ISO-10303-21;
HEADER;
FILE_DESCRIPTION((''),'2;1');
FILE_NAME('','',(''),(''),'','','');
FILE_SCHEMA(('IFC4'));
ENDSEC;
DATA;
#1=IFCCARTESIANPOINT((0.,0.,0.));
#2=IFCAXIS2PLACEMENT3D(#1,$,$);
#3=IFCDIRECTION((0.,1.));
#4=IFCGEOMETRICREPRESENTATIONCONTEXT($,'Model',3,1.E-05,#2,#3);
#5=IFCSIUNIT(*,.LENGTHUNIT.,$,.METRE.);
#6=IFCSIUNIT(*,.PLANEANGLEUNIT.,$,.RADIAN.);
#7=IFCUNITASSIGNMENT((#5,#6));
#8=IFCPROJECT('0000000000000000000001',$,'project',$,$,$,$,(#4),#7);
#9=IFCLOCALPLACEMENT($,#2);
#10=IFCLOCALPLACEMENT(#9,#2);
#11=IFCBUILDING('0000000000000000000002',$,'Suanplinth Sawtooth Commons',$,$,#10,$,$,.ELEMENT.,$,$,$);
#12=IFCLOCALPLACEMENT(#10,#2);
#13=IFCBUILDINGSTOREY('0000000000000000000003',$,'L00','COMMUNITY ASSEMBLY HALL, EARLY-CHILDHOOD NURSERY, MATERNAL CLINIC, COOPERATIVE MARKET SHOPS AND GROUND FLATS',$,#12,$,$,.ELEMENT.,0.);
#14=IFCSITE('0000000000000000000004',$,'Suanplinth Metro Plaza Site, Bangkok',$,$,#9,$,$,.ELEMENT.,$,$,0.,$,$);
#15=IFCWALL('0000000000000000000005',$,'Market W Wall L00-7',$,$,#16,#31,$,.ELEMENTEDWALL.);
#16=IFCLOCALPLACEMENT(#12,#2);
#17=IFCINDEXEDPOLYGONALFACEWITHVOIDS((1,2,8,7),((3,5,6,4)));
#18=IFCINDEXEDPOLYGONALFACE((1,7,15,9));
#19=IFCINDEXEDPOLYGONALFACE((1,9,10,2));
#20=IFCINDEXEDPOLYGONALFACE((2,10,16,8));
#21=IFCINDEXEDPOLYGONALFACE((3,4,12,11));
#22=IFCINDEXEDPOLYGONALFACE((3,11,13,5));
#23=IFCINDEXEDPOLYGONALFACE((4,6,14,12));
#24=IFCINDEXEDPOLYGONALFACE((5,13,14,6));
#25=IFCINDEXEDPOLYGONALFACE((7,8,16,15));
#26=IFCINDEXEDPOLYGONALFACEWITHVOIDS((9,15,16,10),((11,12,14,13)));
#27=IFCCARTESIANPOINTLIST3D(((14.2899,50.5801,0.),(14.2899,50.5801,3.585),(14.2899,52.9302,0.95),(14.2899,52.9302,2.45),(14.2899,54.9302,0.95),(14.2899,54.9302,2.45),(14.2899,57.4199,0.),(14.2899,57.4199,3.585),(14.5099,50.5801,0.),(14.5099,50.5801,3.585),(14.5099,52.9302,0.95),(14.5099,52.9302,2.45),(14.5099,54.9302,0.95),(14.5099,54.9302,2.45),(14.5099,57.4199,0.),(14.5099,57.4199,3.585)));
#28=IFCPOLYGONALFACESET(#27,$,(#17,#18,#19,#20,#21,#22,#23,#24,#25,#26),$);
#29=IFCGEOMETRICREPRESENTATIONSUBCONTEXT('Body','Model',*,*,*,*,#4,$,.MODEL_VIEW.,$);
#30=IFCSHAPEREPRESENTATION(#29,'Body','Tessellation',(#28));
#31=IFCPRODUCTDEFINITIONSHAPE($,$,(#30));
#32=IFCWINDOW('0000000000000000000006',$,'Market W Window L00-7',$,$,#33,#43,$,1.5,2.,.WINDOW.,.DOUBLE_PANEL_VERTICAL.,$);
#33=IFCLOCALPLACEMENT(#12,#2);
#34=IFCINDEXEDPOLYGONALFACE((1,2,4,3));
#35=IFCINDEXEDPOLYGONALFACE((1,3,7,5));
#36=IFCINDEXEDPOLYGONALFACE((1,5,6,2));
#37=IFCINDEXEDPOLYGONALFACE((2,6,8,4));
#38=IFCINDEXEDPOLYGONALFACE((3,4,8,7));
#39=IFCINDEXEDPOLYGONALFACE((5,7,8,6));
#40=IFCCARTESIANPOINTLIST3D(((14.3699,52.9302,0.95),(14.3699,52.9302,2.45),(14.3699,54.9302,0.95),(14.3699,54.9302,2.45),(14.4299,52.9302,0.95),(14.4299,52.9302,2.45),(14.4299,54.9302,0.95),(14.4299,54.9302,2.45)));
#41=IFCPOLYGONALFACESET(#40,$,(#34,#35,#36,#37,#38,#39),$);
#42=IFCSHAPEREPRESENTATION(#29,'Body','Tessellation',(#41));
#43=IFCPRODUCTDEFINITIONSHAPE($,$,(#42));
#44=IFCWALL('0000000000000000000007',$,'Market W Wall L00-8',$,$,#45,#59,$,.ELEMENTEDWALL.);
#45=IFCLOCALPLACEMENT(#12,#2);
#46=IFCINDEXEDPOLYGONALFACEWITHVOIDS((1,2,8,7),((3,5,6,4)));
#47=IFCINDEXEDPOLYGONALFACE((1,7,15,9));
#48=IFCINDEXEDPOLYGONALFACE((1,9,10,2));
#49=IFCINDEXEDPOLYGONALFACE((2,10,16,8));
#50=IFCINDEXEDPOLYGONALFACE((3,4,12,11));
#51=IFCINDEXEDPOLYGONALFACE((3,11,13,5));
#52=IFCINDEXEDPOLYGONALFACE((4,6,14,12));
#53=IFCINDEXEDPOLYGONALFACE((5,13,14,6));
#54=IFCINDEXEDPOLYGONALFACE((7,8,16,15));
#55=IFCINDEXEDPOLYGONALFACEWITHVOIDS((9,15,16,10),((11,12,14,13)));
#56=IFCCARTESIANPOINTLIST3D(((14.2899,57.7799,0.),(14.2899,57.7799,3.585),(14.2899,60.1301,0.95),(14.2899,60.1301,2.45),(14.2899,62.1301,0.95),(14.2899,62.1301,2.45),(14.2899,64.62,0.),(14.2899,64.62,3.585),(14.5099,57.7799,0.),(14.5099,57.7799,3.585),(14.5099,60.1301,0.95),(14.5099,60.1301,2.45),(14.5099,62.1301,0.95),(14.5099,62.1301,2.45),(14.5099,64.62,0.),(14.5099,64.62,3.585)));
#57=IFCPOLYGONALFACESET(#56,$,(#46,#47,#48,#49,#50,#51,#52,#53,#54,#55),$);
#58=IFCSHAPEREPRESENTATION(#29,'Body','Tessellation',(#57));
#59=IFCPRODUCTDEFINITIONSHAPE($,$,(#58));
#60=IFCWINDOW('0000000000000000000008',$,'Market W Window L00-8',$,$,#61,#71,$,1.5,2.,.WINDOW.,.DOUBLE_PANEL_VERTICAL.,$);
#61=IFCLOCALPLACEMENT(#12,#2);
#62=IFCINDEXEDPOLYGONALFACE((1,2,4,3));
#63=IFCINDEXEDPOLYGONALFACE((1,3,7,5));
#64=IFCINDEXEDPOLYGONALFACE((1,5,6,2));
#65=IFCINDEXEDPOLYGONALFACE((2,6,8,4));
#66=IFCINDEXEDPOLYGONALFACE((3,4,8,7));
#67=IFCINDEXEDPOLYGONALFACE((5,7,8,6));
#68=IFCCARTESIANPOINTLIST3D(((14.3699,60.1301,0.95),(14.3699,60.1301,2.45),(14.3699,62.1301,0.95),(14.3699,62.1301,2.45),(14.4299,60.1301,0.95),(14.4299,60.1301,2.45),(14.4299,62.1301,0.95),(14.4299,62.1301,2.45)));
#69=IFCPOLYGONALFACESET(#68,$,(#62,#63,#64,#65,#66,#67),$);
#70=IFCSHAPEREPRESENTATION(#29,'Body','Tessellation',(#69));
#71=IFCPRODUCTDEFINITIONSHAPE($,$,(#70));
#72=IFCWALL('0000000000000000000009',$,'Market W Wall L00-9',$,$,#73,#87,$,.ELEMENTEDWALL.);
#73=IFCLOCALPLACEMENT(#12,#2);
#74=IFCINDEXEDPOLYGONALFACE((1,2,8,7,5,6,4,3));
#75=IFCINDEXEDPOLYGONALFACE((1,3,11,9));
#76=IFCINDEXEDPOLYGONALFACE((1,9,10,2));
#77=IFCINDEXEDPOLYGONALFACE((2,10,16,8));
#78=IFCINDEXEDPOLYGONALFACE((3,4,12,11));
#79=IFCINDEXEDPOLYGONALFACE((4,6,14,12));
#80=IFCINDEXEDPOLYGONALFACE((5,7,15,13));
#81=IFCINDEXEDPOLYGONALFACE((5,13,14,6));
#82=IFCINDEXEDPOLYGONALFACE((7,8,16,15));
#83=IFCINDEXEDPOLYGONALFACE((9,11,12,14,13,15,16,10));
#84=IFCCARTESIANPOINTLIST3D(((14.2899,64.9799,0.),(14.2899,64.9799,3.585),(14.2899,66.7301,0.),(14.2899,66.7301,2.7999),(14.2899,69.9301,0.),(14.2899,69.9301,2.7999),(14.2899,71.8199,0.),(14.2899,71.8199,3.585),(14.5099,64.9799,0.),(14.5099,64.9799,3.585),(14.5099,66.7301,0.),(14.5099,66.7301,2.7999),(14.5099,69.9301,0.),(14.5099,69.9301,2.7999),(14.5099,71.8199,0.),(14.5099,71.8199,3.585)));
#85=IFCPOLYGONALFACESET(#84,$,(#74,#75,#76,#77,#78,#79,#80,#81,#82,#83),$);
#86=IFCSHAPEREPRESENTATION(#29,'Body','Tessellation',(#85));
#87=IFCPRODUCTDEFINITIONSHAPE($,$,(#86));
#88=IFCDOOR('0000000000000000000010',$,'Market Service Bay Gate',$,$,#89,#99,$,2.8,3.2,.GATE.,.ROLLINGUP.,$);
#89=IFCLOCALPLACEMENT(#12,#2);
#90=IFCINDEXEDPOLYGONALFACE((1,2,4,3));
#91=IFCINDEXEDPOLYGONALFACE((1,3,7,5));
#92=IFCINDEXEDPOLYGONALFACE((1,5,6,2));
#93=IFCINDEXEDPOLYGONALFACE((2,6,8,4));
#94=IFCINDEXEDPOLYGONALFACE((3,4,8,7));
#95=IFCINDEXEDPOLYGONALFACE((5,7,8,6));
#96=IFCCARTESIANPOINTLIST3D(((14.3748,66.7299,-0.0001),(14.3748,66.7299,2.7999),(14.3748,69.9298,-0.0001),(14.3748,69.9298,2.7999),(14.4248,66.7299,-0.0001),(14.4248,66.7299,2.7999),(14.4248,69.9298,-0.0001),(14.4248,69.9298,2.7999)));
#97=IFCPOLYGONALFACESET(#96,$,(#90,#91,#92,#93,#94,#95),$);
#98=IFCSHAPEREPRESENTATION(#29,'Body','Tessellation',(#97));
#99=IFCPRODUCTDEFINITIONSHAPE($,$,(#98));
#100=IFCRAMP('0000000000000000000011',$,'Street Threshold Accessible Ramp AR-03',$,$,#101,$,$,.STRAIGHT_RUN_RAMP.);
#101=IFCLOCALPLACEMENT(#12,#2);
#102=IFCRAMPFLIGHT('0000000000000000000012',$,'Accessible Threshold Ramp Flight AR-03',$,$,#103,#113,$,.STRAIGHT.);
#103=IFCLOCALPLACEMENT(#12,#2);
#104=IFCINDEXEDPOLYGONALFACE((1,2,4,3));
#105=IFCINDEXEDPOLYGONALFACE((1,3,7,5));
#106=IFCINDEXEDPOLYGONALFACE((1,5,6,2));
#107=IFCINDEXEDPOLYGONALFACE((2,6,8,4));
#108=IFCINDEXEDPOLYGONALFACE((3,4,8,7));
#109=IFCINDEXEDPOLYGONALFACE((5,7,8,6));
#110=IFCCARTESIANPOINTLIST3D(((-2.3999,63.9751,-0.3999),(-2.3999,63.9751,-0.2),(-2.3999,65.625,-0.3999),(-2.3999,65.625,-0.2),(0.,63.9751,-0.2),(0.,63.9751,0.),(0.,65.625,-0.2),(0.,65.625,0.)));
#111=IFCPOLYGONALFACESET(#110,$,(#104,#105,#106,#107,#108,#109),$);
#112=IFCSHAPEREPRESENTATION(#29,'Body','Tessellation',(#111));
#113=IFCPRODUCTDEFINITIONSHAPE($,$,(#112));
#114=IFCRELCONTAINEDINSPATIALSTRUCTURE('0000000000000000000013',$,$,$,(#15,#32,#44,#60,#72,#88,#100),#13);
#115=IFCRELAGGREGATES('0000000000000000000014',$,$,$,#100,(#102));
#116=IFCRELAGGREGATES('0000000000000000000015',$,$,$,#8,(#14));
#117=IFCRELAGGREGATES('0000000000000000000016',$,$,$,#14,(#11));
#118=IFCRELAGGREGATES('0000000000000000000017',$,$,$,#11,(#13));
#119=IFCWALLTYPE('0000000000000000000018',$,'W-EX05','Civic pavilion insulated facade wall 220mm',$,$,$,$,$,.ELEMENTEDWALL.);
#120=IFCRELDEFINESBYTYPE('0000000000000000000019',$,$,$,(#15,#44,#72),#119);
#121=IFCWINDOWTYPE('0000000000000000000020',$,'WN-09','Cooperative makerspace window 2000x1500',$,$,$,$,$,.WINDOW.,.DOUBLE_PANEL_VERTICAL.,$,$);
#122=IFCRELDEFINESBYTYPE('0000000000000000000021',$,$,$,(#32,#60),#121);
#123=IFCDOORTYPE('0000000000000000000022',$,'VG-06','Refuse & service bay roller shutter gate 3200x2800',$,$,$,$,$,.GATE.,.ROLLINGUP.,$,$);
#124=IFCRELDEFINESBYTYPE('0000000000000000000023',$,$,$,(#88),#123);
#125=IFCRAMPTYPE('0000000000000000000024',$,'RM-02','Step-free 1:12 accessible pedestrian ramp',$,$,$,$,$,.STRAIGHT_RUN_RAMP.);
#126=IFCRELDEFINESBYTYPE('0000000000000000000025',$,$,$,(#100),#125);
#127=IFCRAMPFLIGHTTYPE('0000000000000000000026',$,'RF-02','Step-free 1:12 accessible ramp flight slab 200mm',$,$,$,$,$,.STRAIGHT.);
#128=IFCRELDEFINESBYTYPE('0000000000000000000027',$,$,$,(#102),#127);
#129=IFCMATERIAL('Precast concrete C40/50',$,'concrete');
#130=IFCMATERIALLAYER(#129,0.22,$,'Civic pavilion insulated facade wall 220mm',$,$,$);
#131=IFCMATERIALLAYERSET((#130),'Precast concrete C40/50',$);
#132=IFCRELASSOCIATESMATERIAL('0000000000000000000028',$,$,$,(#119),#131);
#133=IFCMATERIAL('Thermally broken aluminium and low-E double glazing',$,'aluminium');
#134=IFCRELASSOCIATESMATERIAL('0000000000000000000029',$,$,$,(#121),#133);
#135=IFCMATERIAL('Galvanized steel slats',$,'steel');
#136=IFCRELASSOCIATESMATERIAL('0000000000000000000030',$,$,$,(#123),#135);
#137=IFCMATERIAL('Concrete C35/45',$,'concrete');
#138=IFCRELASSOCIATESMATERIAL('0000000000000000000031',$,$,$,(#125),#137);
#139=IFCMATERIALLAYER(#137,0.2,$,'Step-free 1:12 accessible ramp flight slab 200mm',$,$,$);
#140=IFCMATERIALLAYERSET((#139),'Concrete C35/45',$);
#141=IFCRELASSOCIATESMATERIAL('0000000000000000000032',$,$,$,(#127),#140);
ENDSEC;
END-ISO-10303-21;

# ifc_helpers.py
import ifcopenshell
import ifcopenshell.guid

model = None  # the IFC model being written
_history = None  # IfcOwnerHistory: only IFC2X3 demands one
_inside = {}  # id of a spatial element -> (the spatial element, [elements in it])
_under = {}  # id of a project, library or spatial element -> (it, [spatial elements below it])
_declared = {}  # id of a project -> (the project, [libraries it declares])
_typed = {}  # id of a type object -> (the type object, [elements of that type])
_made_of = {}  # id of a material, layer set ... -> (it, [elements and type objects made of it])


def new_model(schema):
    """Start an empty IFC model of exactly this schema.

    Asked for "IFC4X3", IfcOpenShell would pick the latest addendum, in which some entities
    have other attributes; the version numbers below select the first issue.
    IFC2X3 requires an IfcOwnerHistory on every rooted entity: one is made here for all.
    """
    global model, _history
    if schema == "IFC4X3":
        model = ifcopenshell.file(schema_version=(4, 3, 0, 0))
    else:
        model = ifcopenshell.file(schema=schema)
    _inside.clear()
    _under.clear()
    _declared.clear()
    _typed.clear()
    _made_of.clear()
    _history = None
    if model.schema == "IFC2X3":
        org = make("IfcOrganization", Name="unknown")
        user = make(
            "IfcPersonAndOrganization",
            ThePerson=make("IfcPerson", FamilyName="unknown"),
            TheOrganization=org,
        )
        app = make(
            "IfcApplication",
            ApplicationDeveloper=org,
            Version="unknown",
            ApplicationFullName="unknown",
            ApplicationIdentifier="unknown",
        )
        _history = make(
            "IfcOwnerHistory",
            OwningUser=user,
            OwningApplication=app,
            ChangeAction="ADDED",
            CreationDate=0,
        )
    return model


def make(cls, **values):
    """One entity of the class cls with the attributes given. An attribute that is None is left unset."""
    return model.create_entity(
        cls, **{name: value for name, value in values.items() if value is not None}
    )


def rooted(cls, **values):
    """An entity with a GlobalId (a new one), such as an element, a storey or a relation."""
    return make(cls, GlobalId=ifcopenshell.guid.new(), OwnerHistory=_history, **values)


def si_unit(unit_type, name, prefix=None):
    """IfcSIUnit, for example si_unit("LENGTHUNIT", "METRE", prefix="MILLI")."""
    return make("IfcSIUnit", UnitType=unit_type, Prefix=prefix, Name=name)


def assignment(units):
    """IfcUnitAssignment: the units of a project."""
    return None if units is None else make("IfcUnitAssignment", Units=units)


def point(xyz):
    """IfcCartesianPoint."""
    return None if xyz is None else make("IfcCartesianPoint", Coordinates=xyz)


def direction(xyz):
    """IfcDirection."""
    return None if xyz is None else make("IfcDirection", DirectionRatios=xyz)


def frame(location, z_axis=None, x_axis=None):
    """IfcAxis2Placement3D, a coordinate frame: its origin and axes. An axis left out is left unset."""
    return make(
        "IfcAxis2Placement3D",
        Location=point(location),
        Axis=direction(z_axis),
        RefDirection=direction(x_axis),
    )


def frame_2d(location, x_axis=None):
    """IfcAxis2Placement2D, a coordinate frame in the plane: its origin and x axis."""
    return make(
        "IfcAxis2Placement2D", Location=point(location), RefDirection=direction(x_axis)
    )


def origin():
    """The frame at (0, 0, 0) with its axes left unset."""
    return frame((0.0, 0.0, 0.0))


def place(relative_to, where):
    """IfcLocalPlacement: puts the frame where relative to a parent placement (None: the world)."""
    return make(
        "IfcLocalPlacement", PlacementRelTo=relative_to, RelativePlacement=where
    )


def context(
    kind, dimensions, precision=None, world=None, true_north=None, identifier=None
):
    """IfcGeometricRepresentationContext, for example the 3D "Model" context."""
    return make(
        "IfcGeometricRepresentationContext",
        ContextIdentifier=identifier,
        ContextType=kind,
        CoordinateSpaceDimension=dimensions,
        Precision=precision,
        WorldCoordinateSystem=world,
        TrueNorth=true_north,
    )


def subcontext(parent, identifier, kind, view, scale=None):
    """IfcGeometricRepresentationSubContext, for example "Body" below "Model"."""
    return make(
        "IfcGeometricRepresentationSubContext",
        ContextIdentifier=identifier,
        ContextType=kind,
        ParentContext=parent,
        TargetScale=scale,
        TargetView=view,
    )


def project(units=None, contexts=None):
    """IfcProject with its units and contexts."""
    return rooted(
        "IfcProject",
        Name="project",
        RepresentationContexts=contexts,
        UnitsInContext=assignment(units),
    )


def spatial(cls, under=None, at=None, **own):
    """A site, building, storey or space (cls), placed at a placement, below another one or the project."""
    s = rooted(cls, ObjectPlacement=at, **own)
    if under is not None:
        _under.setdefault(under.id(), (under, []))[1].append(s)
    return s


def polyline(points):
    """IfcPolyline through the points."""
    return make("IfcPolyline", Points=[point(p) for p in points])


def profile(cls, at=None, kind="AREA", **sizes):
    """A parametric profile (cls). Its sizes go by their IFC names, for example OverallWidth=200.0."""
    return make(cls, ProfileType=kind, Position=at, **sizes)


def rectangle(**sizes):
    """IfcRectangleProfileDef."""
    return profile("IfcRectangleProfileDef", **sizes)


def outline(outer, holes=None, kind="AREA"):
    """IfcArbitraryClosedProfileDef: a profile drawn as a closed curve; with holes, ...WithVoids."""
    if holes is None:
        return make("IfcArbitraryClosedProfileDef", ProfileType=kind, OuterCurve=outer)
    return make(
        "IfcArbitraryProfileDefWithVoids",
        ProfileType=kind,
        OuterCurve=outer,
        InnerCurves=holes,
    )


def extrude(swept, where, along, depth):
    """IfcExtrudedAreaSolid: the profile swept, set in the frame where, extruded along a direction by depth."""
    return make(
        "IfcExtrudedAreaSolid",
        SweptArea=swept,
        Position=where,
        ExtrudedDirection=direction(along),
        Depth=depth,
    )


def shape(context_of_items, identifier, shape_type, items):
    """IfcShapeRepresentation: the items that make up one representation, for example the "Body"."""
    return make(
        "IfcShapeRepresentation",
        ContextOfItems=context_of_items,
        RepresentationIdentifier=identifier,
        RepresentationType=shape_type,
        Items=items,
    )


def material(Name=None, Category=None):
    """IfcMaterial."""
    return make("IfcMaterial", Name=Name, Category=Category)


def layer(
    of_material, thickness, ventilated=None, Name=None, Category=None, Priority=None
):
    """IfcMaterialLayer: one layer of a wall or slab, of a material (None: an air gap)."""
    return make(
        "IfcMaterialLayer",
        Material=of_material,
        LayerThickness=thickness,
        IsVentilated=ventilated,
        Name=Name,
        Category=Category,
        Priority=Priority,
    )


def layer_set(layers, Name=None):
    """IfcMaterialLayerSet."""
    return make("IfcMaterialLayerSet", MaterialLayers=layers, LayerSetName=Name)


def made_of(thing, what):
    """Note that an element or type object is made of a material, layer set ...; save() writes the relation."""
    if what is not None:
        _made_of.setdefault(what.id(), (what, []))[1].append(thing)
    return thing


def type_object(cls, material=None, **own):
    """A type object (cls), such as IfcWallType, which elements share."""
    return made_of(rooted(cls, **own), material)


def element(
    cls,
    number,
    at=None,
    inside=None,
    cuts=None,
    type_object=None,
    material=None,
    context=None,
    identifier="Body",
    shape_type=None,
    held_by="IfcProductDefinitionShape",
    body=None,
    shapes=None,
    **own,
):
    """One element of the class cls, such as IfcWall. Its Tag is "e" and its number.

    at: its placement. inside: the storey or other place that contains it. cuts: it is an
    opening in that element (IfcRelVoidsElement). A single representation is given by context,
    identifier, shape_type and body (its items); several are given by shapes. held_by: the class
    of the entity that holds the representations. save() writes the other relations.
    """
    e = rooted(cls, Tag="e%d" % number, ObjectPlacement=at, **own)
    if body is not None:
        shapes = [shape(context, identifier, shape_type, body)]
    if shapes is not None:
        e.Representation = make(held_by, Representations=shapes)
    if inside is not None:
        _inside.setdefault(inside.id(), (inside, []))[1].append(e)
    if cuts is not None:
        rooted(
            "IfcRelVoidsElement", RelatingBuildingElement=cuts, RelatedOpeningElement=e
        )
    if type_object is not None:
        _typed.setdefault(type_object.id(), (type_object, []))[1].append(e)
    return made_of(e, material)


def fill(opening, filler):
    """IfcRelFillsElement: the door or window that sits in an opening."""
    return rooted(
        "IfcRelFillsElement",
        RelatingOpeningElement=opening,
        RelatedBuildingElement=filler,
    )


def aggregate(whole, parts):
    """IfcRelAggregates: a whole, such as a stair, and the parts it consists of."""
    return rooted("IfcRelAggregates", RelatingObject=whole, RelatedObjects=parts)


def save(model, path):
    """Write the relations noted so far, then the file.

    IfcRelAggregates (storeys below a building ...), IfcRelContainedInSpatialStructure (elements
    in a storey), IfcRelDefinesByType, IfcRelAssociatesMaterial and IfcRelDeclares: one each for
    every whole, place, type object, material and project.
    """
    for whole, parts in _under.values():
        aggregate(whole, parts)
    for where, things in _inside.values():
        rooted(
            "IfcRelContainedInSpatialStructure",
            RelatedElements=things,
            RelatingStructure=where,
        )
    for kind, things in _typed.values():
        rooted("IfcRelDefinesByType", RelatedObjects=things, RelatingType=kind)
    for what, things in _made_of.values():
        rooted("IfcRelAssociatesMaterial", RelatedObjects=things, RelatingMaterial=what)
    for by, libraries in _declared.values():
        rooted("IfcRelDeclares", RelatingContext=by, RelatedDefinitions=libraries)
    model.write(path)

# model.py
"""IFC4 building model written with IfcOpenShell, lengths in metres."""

from ifc_helpers import new_model, si_unit, direction, frame, frame_2d, origin, place, context, subcontext, project, spatial, polyline, rectangle, outline, extrude, material, layer, layer_set, type_object, element, fill, aggregate, save


model = new_model("IFC4")

# Units and contexts
model_context = context("Model", 3, precision=1e-05, world=origin(), true_north=direction((0.0, 1.0)))
body_context = subcontext(model_context, "Body", "Model", "MODEL_VIEW")
ifc_project = project(units=[si_unit("LENGTHUNIT", "METRE"), si_unit("PLANEANGLEUNIT", "RADIAN")], contexts=[model_context])

# Site, building, storey
site_placement = place(None, origin())
site = spatial("IfcSite", under=ifc_project, at=site_placement, Name="Suanplinth Metro Plaza Site, Bangkok", CompositionType="ELEMENT", RefElevation=0.0)
building_placement = place(site_placement, origin())
building = spatial("IfcBuilding", under=site, at=building_placement, Name="Suanplinth Sawtooth Commons", CompositionType="ELEMENT")
storey_placement = place(building_placement, origin())
storey = spatial("IfcBuildingStorey", under=building, at=storey_placement, Name="L00", Description="COMMUNITY ASSEMBLY HALL, EARLY-CHILDHOOD NURSERY, MATERNAL CLINIC, COOPERATIVE MARKET SHOPS AND GROUND FLATS", CompositionType="ELEMENT", Elevation=0.0)

# Shared definitions
ifc_material_1 = material(Name="Precast concrete C40/50", Category="concrete")

# Walls, openings, windows
ifc_layer_1 = layer(ifc_material_1, 0.22, Name="Civic pavilion insulated facade wall 220mm")
ifc_layer_set_1 = layer_set([ifc_layer_1], Name="Precast concrete C40/50")
wall_type_1 = type_object("IfcWallType", Name="W-EX05", Description="Civic pavilion insulated facade wall 220mm", PredefinedType="ELEMENTEDWALL", material=ifc_layer_set_1)
wall_1_placement = place(storey_placement, frame((14.3999, 50.5801, 0.0), z_axis=(0.0, 0.0, 1.0), x_axis=(0.0, 1.0, 0.0)))
wall_1 = element("IfcWall", 1, at=wall_1_placement, inside=storey, type_object=wall_type_1, Name="Market W Wall L00-7", PredefinedType="ELEMENTEDWALL", context=body_context, shape_type="SweptSolid", body=[
    extrude(rectangle(XDim=6.8398, YDim=0.22, at=frame_2d((3.4199, 0.0))), origin(), (0.0, 0.0, 1.0), 3.585),
])
opening_1_placement = place(wall_1_placement, frame((2.3501, 0.0, 0.95)))
opening_1 = element("IfcOpeningElement", 2, at=opening_1_placement, cuts=wall_1, PredefinedType="OPENING", context=body_context, shape_type="SweptSolid", body=[
    extrude(rectangle(XDim=2.0, YDim=1.5, at=frame_2d((1.0, 0.75))), frame((0.0, 0.125, 0.0), z_axis=(0.0, -1.0, 0.0), x_axis=(1.0, 0.0, 0.0)), (0.0, 0.0, 1.0), 0.2498),
])
ifc_material_2 = material(Name="Thermally broken aluminium and low-E double glazing", Category="aluminium")
window_type = type_object("IfcWindowType", Name="WN-09", Description="Cooperative makerspace window 2000x1500", PartitioningType="DOUBLE_PANEL_VERTICAL", PredefinedType="WINDOW", material=ifc_material_2)
window_1_placement = place(opening_1_placement, origin())
window_1 = element("IfcWindow", 3, at=window_1_placement, inside=storey, type_object=window_type, Name="Market W Window L00-7", OverallHeight=1.5, OverallWidth=2.0, PartitioningType="DOUBLE_PANEL_VERTICAL", PredefinedType="WINDOW", context=body_context, shape_type="SweptSolid", body=[
    extrude(rectangle(XDim=2.0, YDim=1.5, at=frame_2d((1.0, 0.75))), frame((0.0, 0.03, 0.0), z_axis=(0.0, -1.0, 0.0), x_axis=(1.0, 0.0, 0.0)), (0.0, 0.0, 1.0), 0.0601),
])
fill(opening_1, window_1)
wall_2_placement = place(storey_placement, frame((14.3999, 57.78, 0.0), z_axis=(0.0, 0.0, 1.0), x_axis=(0.0, 1.0, 0.0)))
wall_2 = element("IfcWall", 4, at=wall_2_placement, inside=storey, type_object=wall_type_1, Name="Market W Wall L00-8", PredefinedType="ELEMENTEDWALL", context=body_context, shape_type="SweptSolid", body=[
    extrude(rectangle(XDim=6.8401, YDim=0.22, at=frame_2d((3.4199, 0.0))), origin(), (0.0, 0.0, 1.0), 3.585),
])
opening_2_placement = place(wall_2_placement, frame((2.3501, 0.0, 0.95)))
opening_2 = element("IfcOpeningElement", 5, at=opening_2_placement, cuts=wall_2, PredefinedType="OPENING", context=body_context, shape_type="SweptSolid", body=[
    extrude(rectangle(XDim=2.0, YDim=1.5, at=frame_2d((1.0, 0.75))), frame((0.0, 0.125, 0.0), z_axis=(0.0, -1.0, 0.0), x_axis=(1.0, 0.0, 0.0)), (0.0, 0.0, 1.0), 0.2498),
])
window_2_placement = place(opening_2_placement, origin())
window_2 = element("IfcWindow", 6, at=window_2_placement, inside=storey, type_object=window_type, Name="Market W Window L00-8", OverallHeight=1.5, OverallWidth=2.0, PartitioningType="DOUBLE_PANEL_VERTICAL", PredefinedType="WINDOW", context=body_context, shape_type="SweptSolid", body=[
    extrude(rectangle(XDim=2.0, YDim=1.5, at=frame_2d((1.0, 0.75))), frame((0.0, 0.03, 0.0), z_axis=(0.0, -1.0, 0.0), x_axis=(1.0, 0.0, 0.0)), (0.0, 0.0, 1.0), 0.0601),
])
fill(opening_2, window_2)

# Wall, opening, door
wall_3_placement = place(storey_placement, frame((14.3999, 64.98, 0.0), z_axis=(0.0, 0.0, 1.0), x_axis=(0.0, 1.0, 0.0)))
wall_3 = element("IfcWall", 7, at=wall_3_placement, inside=storey, type_object=wall_type_1, Name="Market W Wall L00-9", PredefinedType="ELEMENTEDWALL", context=body_context, shape_type="SweptSolid", body=[
    extrude(rectangle(XDim=6.8401, YDim=0.22, at=frame_2d((3.4199, 0.0))), origin(), (0.0, 0.0, 1.0), 3.585),
])
opening_3_placement = place(wall_3_placement, frame((1.75, 0.0, 0.0)))
opening_3 = element("IfcOpeningElement", 8, at=opening_3_placement, cuts=wall_3, PredefinedType="OPENING", context=body_context, shape_type="SweptSolid", body=[
    extrude(rectangle(XDim=3.2, YDim=2.8, at=frame_2d((1.6001, 1.3999))), frame((0.0, 0.125, 0.0), z_axis=(0.0, -1.0, 0.0), x_axis=(1.0, 0.0, 0.0)), (0.0, 0.0, 1.0), 0.2498),
])
ifc_material_3 = material(Name="Galvanized steel slats", Category="steel")
door_type_1 = type_object("IfcDoorType", Name="VG-06", Description="Refuse & service bay roller shutter gate 3200x2800", OperationType="ROLLINGUP", PredefinedType="GATE", material=ifc_material_3)
door_1_placement = place(opening_3_placement, frame((3.2, 0.0, 0.0), z_axis=(0.0, 0.0, 1.0), x_axis=(-1.0, 0.0, 0.0)))
door_1 = element("IfcDoor", 9, at=door_1_placement, inside=storey, type_object=door_type_1, Name="Market Service Bay Gate", OperationType="ROLLINGUP", OverallHeight=2.8, OverallWidth=3.2, PredefinedType="GATE", context=body_context, shape_type="SweptSolid", body=[
    extrude(rectangle(XDim=3.2, YDim=2.8, at=frame_2d((1.6001, 1.3999))), frame((0.0, 0.0249, 0.0), z_axis=(0.0, -1.0, 0.0), x_axis=(1.0, 0.0, 0.0)), (0.0, 0.0, 1.0), 0.05),
])
fill(opening_3, door_1)

# Ramp, ramp flight
ifc_material_4 = material(Name="Concrete C35/45", Category="concrete")
ramp_type = type_object("IfcRampType", Name="RM-02", Description="Step-free 1:12 accessible pedestrian ramp", PredefinedType="STRAIGHT_RUN_RAMP", material=ifc_material_4)
ramp_placement = place(storey_placement, origin())
ramp = element("IfcRamp", 10, at=ramp_placement, inside=storey, type_object=ramp_type, Name="Street Threshold Accessible Ramp AR-03", PredefinedType="STRAIGHT_RUN_RAMP")
ifc_layer_2 = layer(ifc_material_4, 0.2, Name="Step-free 1:12 accessible ramp flight slab 200mm")
ifc_layer_set_2 = layer_set([ifc_layer_2], Name="Concrete C35/45")
ramp_flight_type = type_object("IfcRampFlightType", Name="RF-02", Description="Step-free 1:12 accessible ramp flight slab 200mm", PredefinedType="STRAIGHT", material=ifc_layer_set_2)
ramp_flight_placement = place(storey_placement, frame((-2.3999, 64.8, -0.2), z_axis=(0.0, 0.0, 1.0), x_axis=(1.0, 0.0, 0.0)))
ramp_flight = element("IfcRampFlight", 11, at=ramp_flight_placement, type_object=ramp_flight_type, Name="Accessible Threshold Ramp Flight AR-03", PredefinedType="STRAIGHT", context=body_context, shape_type="SweptSolid", body=[
    extrude(outline(polyline([(0.0, 0.0), (0.0, -0.2), (2.3999, 0.0), (2.3999, 0.2), (0.0, 0.0)])), frame((0.0, 0.825, 0.0), z_axis=(0.0, -1.0, 0.0), x_axis=(1.0, 0.0, 0.0)), (0.0, 0.0, 1.0), 1.6499),
])
aggregate(ramp, [ramp_flight])

save(model, "model.ifc")
